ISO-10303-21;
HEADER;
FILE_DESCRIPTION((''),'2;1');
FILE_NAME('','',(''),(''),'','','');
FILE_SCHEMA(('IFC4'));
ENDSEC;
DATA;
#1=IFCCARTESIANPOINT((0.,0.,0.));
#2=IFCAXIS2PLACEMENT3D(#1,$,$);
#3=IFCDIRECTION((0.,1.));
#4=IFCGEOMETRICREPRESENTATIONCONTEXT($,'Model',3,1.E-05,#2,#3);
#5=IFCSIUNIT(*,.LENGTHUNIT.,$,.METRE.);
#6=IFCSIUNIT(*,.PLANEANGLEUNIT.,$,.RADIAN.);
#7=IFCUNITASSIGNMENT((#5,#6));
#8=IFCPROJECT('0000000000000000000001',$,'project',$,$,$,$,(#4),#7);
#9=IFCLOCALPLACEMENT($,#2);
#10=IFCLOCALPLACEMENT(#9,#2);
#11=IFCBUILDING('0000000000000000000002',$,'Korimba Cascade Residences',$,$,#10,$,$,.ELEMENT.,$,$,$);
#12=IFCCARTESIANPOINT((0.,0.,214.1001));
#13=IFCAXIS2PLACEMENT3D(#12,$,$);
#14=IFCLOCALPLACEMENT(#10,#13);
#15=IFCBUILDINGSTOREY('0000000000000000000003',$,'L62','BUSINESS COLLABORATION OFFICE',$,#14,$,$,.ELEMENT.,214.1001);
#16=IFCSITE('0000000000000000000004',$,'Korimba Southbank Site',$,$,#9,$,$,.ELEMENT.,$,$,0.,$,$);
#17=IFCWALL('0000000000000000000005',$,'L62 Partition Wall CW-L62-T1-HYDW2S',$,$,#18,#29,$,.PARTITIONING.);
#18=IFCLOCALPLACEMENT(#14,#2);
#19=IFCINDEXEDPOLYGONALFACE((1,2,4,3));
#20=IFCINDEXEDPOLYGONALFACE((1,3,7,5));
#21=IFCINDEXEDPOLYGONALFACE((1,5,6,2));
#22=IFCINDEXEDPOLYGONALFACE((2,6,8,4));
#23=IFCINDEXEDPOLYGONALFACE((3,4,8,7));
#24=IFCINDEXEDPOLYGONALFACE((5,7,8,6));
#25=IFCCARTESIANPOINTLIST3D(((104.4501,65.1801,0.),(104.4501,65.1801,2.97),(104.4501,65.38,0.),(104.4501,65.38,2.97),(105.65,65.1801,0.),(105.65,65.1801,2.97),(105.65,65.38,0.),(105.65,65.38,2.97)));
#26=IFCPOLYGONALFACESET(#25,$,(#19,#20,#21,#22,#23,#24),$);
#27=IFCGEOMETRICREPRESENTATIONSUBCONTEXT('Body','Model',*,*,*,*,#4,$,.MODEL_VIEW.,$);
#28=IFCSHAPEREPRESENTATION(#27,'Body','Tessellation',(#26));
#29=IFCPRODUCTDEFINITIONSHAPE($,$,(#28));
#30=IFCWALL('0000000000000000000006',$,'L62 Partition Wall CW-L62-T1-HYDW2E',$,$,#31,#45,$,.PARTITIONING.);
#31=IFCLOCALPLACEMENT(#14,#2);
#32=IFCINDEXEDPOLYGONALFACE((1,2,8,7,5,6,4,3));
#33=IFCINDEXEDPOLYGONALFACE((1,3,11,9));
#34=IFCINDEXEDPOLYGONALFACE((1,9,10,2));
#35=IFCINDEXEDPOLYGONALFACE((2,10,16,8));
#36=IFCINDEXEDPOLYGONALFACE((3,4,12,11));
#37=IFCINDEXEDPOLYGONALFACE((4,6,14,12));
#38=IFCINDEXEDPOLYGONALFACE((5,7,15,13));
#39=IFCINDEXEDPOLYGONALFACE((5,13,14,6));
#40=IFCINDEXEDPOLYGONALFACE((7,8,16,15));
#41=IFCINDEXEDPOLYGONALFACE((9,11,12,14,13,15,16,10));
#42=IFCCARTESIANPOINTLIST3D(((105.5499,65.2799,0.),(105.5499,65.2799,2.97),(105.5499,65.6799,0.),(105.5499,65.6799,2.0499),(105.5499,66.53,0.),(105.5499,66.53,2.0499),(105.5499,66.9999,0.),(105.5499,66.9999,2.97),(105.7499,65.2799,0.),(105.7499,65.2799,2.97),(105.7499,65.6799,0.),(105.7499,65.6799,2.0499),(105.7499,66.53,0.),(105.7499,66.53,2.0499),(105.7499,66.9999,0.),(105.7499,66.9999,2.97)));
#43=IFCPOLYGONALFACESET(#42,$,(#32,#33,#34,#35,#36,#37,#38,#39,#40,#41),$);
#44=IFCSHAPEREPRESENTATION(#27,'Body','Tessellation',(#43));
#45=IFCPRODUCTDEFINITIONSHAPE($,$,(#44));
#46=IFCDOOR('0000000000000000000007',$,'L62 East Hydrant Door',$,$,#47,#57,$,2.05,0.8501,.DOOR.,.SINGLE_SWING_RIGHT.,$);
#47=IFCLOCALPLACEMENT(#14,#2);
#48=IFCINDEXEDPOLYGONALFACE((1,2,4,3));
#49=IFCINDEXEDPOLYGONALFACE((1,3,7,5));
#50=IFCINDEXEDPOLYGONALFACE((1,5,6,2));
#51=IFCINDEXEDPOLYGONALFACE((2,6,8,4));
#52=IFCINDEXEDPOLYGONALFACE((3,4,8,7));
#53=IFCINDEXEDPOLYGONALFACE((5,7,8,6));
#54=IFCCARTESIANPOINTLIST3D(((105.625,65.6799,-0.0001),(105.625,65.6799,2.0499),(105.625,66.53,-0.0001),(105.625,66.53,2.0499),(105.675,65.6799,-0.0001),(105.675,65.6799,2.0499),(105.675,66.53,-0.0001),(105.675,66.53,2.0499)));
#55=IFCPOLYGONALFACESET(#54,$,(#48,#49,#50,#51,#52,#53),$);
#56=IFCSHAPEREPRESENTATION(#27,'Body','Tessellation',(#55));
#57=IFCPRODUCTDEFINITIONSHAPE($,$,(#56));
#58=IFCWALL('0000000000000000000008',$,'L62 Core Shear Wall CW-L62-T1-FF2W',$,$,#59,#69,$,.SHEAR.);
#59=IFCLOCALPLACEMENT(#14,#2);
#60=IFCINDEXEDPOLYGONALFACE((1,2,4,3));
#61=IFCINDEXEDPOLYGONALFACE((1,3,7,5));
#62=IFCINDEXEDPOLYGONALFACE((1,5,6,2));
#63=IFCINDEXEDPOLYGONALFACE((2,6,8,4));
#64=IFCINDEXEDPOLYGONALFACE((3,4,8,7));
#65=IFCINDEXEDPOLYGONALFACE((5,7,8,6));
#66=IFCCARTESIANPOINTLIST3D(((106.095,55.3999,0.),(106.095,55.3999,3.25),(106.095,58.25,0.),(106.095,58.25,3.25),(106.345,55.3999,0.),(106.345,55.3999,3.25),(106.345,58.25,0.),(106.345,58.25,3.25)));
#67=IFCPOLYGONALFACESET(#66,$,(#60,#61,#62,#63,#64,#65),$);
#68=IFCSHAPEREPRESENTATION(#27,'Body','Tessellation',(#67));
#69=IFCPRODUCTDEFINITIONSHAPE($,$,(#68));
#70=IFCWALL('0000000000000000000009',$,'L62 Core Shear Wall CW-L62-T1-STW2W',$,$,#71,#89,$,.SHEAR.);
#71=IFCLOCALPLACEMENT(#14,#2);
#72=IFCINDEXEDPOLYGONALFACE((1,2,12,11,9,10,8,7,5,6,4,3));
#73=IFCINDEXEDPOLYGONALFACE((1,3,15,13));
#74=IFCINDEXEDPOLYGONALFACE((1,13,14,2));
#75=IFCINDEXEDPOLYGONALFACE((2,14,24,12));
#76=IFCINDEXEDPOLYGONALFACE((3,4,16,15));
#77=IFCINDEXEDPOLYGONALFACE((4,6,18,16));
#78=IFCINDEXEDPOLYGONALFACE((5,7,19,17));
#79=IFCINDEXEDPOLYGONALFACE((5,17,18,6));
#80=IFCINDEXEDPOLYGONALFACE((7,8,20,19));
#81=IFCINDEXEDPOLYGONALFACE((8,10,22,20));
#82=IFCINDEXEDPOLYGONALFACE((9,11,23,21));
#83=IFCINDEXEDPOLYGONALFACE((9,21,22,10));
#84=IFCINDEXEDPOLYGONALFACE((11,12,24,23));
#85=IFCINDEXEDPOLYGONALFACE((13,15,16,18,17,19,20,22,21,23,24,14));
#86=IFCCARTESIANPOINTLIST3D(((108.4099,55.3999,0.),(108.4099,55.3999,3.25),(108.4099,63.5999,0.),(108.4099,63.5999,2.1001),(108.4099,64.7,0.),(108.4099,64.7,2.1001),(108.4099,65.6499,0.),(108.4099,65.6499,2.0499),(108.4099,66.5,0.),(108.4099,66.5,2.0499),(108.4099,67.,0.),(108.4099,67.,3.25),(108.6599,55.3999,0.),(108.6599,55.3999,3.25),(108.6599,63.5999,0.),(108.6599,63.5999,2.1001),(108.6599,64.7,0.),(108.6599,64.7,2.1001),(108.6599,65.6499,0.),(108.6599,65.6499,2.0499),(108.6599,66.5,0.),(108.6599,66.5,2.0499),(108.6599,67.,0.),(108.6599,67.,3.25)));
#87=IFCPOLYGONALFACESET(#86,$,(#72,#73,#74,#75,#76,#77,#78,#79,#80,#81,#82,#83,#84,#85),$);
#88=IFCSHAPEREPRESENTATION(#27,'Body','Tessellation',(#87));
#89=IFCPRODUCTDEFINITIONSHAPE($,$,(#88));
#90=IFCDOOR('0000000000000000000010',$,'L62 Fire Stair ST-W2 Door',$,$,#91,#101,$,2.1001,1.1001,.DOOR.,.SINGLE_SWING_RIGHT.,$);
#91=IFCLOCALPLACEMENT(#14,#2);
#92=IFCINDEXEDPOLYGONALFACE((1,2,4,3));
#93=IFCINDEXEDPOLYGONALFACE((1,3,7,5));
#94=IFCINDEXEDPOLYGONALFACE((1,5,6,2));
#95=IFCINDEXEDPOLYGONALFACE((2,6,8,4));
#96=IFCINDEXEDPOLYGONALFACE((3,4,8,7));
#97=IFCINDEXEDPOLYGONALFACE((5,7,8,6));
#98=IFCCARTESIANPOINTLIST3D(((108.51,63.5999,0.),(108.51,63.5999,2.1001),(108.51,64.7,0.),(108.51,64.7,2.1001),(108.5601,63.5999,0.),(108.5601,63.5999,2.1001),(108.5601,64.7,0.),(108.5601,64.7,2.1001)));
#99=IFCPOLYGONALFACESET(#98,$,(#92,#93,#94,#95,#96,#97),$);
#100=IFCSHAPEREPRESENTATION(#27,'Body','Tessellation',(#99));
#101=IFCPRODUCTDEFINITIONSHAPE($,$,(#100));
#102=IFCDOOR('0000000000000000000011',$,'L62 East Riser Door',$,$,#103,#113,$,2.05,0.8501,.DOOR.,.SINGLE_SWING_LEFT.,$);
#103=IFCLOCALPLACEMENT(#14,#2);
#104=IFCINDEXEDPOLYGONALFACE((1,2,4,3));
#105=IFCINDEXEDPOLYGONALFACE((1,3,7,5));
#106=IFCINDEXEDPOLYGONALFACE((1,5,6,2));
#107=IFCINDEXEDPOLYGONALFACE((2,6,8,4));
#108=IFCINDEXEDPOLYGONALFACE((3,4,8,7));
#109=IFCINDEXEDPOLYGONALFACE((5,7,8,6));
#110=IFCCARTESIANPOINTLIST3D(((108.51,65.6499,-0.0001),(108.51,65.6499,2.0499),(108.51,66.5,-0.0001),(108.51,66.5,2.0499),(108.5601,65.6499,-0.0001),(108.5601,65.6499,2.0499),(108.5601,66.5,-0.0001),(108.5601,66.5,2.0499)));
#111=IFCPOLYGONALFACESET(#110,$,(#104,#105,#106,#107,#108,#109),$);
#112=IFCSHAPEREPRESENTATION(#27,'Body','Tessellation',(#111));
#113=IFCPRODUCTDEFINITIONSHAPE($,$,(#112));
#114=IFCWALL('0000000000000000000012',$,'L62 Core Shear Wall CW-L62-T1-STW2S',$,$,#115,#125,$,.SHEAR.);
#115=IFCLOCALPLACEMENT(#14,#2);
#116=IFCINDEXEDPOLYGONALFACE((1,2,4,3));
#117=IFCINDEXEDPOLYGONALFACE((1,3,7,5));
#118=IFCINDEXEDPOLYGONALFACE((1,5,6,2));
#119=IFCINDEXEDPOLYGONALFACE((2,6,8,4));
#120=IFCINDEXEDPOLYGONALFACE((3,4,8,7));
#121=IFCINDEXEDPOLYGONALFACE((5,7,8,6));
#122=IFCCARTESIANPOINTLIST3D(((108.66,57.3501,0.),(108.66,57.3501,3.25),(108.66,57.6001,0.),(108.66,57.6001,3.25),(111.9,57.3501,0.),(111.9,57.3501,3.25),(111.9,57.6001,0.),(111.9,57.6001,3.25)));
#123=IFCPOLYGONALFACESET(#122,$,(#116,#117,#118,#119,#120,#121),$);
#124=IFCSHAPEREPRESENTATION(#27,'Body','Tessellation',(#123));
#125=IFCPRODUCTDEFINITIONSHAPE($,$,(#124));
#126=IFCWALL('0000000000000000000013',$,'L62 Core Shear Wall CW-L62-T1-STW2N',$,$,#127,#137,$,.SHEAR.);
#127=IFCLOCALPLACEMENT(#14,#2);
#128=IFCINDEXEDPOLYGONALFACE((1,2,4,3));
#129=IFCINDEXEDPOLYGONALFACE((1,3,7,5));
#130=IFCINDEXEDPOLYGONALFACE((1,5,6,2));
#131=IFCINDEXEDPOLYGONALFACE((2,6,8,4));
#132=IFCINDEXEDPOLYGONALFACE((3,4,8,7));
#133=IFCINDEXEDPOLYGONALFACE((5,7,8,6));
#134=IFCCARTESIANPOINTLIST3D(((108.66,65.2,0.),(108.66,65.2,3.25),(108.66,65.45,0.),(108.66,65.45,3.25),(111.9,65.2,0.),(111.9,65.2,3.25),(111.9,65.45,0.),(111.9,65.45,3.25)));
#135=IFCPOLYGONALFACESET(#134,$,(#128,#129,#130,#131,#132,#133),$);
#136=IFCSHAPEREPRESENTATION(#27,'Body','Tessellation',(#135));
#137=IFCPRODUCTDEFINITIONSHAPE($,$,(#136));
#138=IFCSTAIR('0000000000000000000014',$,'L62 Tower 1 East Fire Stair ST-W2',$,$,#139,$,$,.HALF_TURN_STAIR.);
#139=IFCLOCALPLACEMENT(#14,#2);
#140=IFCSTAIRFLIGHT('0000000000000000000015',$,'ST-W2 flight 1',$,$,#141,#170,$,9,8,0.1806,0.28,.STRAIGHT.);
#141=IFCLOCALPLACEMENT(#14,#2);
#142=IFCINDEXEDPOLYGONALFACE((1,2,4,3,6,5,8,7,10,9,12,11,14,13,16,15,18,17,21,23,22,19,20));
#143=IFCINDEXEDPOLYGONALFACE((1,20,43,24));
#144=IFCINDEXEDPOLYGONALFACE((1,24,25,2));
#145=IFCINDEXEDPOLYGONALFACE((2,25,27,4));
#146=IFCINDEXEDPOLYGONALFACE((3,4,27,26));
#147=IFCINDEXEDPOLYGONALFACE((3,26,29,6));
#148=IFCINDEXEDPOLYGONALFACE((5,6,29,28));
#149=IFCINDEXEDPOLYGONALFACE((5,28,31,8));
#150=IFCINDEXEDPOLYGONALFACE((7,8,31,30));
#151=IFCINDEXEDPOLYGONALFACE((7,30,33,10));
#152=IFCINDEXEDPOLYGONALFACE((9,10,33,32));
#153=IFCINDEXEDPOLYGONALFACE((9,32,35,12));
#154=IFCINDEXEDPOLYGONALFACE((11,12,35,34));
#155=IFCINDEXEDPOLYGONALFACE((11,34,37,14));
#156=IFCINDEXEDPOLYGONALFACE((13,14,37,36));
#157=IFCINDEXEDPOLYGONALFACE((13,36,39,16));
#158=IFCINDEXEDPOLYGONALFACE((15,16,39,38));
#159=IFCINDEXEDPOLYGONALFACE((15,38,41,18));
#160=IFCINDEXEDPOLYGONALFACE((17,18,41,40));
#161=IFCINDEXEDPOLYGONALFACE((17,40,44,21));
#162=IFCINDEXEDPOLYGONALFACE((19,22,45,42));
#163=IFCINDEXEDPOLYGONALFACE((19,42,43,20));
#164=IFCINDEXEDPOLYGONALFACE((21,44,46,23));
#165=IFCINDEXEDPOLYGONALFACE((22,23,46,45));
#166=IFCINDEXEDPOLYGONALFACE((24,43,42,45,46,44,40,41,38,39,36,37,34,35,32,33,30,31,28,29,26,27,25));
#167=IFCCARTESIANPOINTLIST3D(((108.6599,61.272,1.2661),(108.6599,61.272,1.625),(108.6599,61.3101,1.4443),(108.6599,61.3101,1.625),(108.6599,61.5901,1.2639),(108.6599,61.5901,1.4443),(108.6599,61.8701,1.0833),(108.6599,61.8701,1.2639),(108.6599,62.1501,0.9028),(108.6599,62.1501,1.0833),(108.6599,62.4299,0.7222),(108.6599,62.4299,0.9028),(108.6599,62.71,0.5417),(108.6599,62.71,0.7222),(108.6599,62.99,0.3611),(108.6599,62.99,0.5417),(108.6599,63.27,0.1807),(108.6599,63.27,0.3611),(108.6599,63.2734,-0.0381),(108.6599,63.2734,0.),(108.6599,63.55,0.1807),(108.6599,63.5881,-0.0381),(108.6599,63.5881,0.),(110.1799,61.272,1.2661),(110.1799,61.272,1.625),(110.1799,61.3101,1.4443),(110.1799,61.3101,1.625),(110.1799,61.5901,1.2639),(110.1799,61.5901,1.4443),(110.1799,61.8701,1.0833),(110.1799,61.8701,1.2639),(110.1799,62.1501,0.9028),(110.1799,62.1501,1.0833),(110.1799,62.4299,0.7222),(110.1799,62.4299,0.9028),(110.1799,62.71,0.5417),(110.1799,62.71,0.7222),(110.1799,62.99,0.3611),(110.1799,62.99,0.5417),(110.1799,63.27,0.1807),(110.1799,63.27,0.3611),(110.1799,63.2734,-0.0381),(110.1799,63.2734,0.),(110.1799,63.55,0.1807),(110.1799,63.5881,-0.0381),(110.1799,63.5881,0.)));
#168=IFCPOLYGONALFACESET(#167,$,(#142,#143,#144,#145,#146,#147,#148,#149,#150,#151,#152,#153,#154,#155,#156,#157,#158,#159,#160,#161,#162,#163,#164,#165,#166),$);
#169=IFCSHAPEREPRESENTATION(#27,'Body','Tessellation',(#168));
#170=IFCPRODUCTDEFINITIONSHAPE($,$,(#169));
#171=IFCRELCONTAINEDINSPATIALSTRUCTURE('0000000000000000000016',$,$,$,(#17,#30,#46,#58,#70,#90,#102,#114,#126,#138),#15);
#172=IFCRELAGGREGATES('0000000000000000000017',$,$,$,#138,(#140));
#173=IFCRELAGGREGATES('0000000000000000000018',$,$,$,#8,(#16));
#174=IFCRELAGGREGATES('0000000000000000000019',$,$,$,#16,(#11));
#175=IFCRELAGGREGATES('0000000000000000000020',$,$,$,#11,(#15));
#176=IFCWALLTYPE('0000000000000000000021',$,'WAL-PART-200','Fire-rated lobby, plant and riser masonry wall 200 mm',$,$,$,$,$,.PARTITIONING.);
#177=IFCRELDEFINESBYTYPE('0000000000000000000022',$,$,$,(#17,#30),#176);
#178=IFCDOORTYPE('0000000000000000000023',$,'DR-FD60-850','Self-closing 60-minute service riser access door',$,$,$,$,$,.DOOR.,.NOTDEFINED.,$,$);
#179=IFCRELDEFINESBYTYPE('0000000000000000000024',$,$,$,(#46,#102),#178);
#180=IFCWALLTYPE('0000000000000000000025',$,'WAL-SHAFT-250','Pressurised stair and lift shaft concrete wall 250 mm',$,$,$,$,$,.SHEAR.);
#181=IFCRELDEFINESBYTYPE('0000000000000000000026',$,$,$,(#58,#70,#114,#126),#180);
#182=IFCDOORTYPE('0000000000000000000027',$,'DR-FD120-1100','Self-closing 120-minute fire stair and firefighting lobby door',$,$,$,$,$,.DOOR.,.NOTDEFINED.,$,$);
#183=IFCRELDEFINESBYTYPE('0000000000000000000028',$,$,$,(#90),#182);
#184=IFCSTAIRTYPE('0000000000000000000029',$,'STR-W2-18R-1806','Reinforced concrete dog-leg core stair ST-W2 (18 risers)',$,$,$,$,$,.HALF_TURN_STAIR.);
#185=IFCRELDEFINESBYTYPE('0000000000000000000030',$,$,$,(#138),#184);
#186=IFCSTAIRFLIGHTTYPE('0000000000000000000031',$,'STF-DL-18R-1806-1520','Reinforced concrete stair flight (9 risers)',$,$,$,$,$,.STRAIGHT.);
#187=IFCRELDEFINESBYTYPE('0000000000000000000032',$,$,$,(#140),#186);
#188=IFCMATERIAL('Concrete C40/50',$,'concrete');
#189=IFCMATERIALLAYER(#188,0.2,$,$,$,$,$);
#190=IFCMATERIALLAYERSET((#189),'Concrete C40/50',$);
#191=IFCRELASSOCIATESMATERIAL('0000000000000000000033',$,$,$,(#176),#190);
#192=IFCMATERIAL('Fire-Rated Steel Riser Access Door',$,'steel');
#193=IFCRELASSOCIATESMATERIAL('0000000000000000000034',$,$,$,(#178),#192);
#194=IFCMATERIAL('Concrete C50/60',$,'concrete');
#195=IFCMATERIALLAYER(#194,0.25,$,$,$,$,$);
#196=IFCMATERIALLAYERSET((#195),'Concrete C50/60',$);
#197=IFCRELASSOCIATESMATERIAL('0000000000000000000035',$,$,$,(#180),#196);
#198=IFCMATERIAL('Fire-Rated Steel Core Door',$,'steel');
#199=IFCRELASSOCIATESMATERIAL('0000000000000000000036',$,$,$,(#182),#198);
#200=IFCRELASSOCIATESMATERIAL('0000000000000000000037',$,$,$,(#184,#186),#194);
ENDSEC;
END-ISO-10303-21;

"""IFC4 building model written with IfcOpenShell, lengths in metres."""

from ifc_helpers import new_model, si_unit, direction, frame, frame_2d, origin, place, context, subcontext, project, spatial, polyline, rectangle, outline, extrude, material, layer, layer_set, type_object, element, fill, aggregate, save


model = new_model("IFC4")

# Units and contexts
model_context = context("Model", 3, precision=1e-05, world=origin(), true_north=direction((0.0, 1.0)))
body_context = subcontext(model_context, "Body", "Model", "MODEL_VIEW")
ifc_project = project(units=[si_unit("LENGTHUNIT", "METRE"), si_unit("PLANEANGLEUNIT", "RADIAN")], contexts=[model_context])

# Site, building, storey
site_placement = place(None, origin())
site = spatial("IfcSite", under=ifc_project, at=site_placement, Name="Korimba Southbank Site", CompositionType="ELEMENT", RefElevation=0.0)
building_placement = place(site_placement, origin())
building = spatial("IfcBuilding", under=site, at=building_placement, Name="Korimba Cascade Residences", CompositionType="ELEMENT")
storey_placement = place(building_placement, frame((0.0, 0.0, 214.1001)))
storey = spatial("IfcBuildingStorey", under=building, at=storey_placement, Name="L62", Description="BUSINESS COLLABORATION OFFICE", CompositionType="ELEMENT", Elevation=214.1001)

# Wall
ifc_material_1 = material(Name="Concrete C40/50", Category="concrete")
ifc_layer_1 = layer(ifc_material_1, 0.2)
ifc_layer_set_1 = layer_set([ifc_layer_1], Name="Concrete C40/50")
wall_type_1 = type_object("IfcWallType", Name="WAL-PART-200", Description="Fire-rated lobby, plant and riser masonry wall 200 mm", PredefinedType="PARTITIONING", material=ifc_layer_set_1)
wall_1_placement = place(storey_placement, frame((104.45, 65.28, 0.0), z_axis=(0.0, 0.0, 1.0), x_axis=(1.0, 0.0, 0.0)))
element("IfcWall", 1, at=wall_1_placement, inside=storey, type_object=wall_type_1, Name="L62 Partition Wall CW-L62-T1-HYDW2S", PredefinedType="PARTITIONING", context=body_context, shape_type="SweptSolid", body=[
    extrude(rectangle(XDim=1.2, YDim=0.2, at=frame_2d((0.6001, 0.0))), origin(), (0.0, 0.0, 1.0), 2.97),
])

# Wall, opening, door
wall_2_placement = place(storey_placement, frame((105.6499, 65.28, 0.0), z_axis=(0.0, 0.0, 1.0), x_axis=(0.0, 1.0, 0.0)))
wall_2 = element("IfcWall", 2, at=wall_2_placement, inside=storey, type_object=wall_type_1, Name="L62 Partition Wall CW-L62-T1-HYDW2E", PredefinedType="PARTITIONING", context=body_context, shape_type="SweptSolid", body=[
    extrude(rectangle(XDim=1.72, YDim=0.2, at=frame_2d((0.8599, 0.0))), origin(), (0.0, 0.0, 1.0), 2.97),
])
opening_1_placement = place(wall_2_placement, frame((0.3999, 0.0, 0.0)))
opening_1 = element("IfcOpeningElement", 3, at=opening_1_placement, cuts=wall_2, PredefinedType="OPENING", context=body_context, shape_type="SweptSolid", body=[
    extrude(rectangle(XDim=0.8501, YDim=2.05, at=frame_2d((0.425, 1.0249))), frame((0.0, 0.1099, 0.0), z_axis=(0.0, -1.0, 0.0), x_axis=(1.0, 0.0, 0.0)), (0.0, 0.0, 1.0), 0.22),
])
ifc_material_2 = material(Name="Fire-Rated Steel Riser Access Door", Category="steel")
door_type_1 = type_object("IfcDoorType", Name="DR-FD60-850", Description="Self-closing 60-minute service riser access door", OperationType="NOTDEFINED", PredefinedType="DOOR", material=ifc_material_2)
door_1_placement = place(opening_1_placement, origin())
door_1 = element("IfcDoor", 4, at=door_1_placement, inside=storey, type_object=door_type_1, Name="L62 East Hydrant Door", OperationType="SINGLE_SWING_RIGHT", OverallHeight=2.05, OverallWidth=0.8501, PredefinedType="DOOR", context=body_context, shape_type="SweptSolid", body=[
    extrude(rectangle(XDim=0.8501, YDim=2.05, at=frame_2d((0.425, 1.0249))), frame((0.0, 0.0249, 0.0), z_axis=(0.0, -1.0, 0.0), x_axis=(1.0, 0.0, 0.0)), (0.0, 0.0, 1.0), 0.05),
])
fill(opening_1, door_1)

# Wall
ifc_material_3 = material(Name="Concrete C50/60", Category="concrete")
ifc_layer_2 = layer(ifc_material_3, 0.25)
ifc_layer_set_2 = layer_set([ifc_layer_2], Name="Concrete C50/60")
wall_type_2 = type_object("IfcWallType", Name="WAL-SHAFT-250", Description="Pressurised stair and lift shaft concrete wall 250 mm", PredefinedType="SHEAR", material=ifc_layer_set_2)
wall_3_placement = place(storey_placement, frame((106.22, 55.3999, 0.0), z_axis=(0.0, 0.0, 1.0), x_axis=(0.0, 1.0, 0.0)))
element("IfcWall", 5, at=wall_3_placement, inside=storey, type_object=wall_type_2, Name="L62 Core Shear Wall CW-L62-T1-FF2W", PredefinedType="SHEAR", context=body_context, shape_type="SweptSolid", body=[
    extrude(rectangle(XDim=2.8501, YDim=0.25, at=frame_2d((1.425, 0.0))), origin(), (0.0, 0.0, 1.0), 3.25),
])

# Wall, openings, doors
wall_4_placement = place(storey_placement, frame((108.5349, 55.3999, 0.0), z_axis=(0.0, 0.0, 1.0), x_axis=(0.0, 1.0, 0.0)))
wall_4 = element("IfcWall", 6, at=wall_4_placement, inside=storey, type_object=wall_type_2, Name="L62 Core Shear Wall CW-L62-T1-STW2W", PredefinedType="SHEAR", context=body_context, shape_type="SweptSolid", body=[
    extrude(rectangle(XDim=11.6001, YDim=0.25, at=frame_2d((5.8, 0.0))), origin(), (0.0, 0.0, 1.0), 3.25),
])
opening_2_placement = place(wall_4_placement, frame((8.2, 0.0, 0.0)))
opening_2 = element("IfcOpeningElement", 7, at=opening_2_placement, cuts=wall_4, PredefinedType="OPENING", context=body_context, shape_type="SweptSolid", body=[
    extrude(rectangle(XDim=1.1001, YDim=2.1001, at=frame_2d((0.55, 1.05))), frame((0.0, 0.135, 0.0), z_axis=(0.0, -1.0, 0.0), x_axis=(1.0, 0.0, 0.0)), (0.0, 0.0, 1.0), 0.27),
])
opening_3_placement = place(wall_4_placement, frame((10.25, 0.0, 0.0)))
opening_3 = element("IfcOpeningElement", 8, at=opening_3_placement, cuts=wall_4, PredefinedType="OPENING", context=body_context, shape_type="SweptSolid", body=[
    extrude(rectangle(XDim=0.8501, YDim=2.05, at=frame_2d((0.425, 1.0249))), frame((0.0, 0.135, 0.0), z_axis=(0.0, -1.0, 0.0), x_axis=(1.0, 0.0, 0.0)), (0.0, 0.0, 1.0), 0.27),
])
ifc_material_4 = material(Name="Fire-Rated Steel Core Door", Category="steel")
door_type_2 = type_object("IfcDoorType", Name="DR-FD120-1100", Description="Self-closing 120-minute fire stair and firefighting lobby door", OperationType="NOTDEFINED", PredefinedType="DOOR", material=ifc_material_4)
door_2_placement = place(opening_2_placement, origin())
door_2 = element("IfcDoor", 9, at=door_2_placement, inside=storey, type_object=door_type_2, Name="L62 Fire Stair ST-W2 Door", OperationType="SINGLE_SWING_RIGHT", OverallHeight=2.1001, OverallWidth=1.1001, PredefinedType="DOOR", context=body_context, shape_type="SweptSolid", body=[
    extrude(rectangle(XDim=1.1001, YDim=2.1001, at=frame_2d((0.55, 1.05))), frame((0.0, 0.0249, 0.0), z_axis=(0.0, -1.0, 0.0), x_axis=(1.0, 0.0, 0.0)), (0.0, 0.0, 1.0), 0.05),
])
fill(opening_2, door_2)
door_3_placement = place(opening_3_placement, origin())
door_3 = element("IfcDoor", 10, at=door_3_placement, inside=storey, type_object=door_type_1, Name="L62 East Riser Door", OperationType="SINGLE_SWING_LEFT", OverallHeight=2.05, OverallWidth=0.8501, PredefinedType="DOOR", context=body_context, shape_type="SweptSolid", body=[
    extrude(rectangle(XDim=0.8501, YDim=2.05, at=frame_2d((0.425, 1.0249))), frame((0.0, 0.0249, 0.0), z_axis=(0.0, -1.0, 0.0), x_axis=(1.0, 0.0, 0.0)), (0.0, 0.0, 1.0), 0.05),
])
fill(opening_3, door_3)

# Walls
for number, where, z_axis, x_axis, name in (
    (11, (108.6599, 57.4751, 0.0), (0.0, 0.0, 1.0), (1.0, 0.0, 0.0), "L62 Core Shear Wall CW-L62-T1-STW2S"),
    (12, (108.6599, 65.325, 0.0), (0.0, 0.0, 1.0), (1.0, 0.0, 0.0), "L62 Core Shear Wall CW-L62-T1-STW2N"),
):
    element("IfcWall", number, at=place(storey_placement, frame(where, z_axis=z_axis, x_axis=x_axis)), inside=storey, type_object=wall_type_2, Name=name, PredefinedType="SHEAR", context=body_context, shape_type="SweptSolid", body=[
        extrude(rectangle(XDim=3.24, YDim=0.25, at=frame_2d((1.6201, 0.0))), origin(), (0.0, 0.0, 1.0), 3.25),
    ])

# Stair, stair flight
stair_type = type_object("IfcStairType", Name="STR-W2-18R-1806", Description="Reinforced concrete dog-leg core stair ST-W2 (18 risers)", PredefinedType="HALF_TURN_STAIR", material=ifc_material_3)
stair_placement = place(storey_placement, origin())
stair = element("IfcStair", 13, at=stair_placement, inside=storey, type_object=stair_type, Name="L62 Tower 1 East Fire Stair ST-W2", PredefinedType="HALF_TURN_STAIR")
stair_flight_type = type_object("IfcStairFlightType", Name="STF-DL-18R-1806-1520", Description="Reinforced concrete stair flight (9 risers)", PredefinedType="STRAIGHT", material=ifc_material_3)
stair_flight_1_placement = place(storey_placement, frame((109.4199, 63.55, 0.0), z_axis=(0.0, 0.0, 1.0), x_axis=(0.0, -1.0, 0.0)))
stair_flight_1 = element("IfcStairFlight", 14, at=stair_flight_1_placement, type_object=stair_flight_type, Name="ST-W2 flight 1", NumberOfRisers=9, NumberOfTreads=8, PredefinedType="STRAIGHT", RiserHeight=0.1806, TreadLength=0.28, context=body_context, shape_type="SweptSolid", body=[
    extrude(outline(polyline([(-0.0381, 0.0), (0.0, 0.1807), (0.28, 0.1807), (0.28, 0.3611), (0.5601, 0.3611), (0.5601, 0.5417), (0.8401, 0.5417), (0.8401, 0.7222), (1.1201, 0.7222), (1.1201, 0.9028), (1.3999, 0.9028), (1.3999, 1.0833), (1.6799, 1.0833), (1.6799, 1.2639), (1.96, 1.2639), (1.96, 1.4443), (2.24, 1.4443), (2.24, 1.625), (2.2781, 1.625), (2.2781, 1.2661), (0.2766, 0.0), (0.2766, -0.0381), (-0.0381, -0.0381), (-0.0381, 0.0)])), frame((0.0, 0.76, 0.0), z_axis=(0.0, -1.0, 0.0), x_axis=(1.0, 0.0, 0.0)), (0.0, 0.0, 1.0), 1.52),
])
aggregate(stair, [stair_flight_1])

save(model, "model.ifc")
